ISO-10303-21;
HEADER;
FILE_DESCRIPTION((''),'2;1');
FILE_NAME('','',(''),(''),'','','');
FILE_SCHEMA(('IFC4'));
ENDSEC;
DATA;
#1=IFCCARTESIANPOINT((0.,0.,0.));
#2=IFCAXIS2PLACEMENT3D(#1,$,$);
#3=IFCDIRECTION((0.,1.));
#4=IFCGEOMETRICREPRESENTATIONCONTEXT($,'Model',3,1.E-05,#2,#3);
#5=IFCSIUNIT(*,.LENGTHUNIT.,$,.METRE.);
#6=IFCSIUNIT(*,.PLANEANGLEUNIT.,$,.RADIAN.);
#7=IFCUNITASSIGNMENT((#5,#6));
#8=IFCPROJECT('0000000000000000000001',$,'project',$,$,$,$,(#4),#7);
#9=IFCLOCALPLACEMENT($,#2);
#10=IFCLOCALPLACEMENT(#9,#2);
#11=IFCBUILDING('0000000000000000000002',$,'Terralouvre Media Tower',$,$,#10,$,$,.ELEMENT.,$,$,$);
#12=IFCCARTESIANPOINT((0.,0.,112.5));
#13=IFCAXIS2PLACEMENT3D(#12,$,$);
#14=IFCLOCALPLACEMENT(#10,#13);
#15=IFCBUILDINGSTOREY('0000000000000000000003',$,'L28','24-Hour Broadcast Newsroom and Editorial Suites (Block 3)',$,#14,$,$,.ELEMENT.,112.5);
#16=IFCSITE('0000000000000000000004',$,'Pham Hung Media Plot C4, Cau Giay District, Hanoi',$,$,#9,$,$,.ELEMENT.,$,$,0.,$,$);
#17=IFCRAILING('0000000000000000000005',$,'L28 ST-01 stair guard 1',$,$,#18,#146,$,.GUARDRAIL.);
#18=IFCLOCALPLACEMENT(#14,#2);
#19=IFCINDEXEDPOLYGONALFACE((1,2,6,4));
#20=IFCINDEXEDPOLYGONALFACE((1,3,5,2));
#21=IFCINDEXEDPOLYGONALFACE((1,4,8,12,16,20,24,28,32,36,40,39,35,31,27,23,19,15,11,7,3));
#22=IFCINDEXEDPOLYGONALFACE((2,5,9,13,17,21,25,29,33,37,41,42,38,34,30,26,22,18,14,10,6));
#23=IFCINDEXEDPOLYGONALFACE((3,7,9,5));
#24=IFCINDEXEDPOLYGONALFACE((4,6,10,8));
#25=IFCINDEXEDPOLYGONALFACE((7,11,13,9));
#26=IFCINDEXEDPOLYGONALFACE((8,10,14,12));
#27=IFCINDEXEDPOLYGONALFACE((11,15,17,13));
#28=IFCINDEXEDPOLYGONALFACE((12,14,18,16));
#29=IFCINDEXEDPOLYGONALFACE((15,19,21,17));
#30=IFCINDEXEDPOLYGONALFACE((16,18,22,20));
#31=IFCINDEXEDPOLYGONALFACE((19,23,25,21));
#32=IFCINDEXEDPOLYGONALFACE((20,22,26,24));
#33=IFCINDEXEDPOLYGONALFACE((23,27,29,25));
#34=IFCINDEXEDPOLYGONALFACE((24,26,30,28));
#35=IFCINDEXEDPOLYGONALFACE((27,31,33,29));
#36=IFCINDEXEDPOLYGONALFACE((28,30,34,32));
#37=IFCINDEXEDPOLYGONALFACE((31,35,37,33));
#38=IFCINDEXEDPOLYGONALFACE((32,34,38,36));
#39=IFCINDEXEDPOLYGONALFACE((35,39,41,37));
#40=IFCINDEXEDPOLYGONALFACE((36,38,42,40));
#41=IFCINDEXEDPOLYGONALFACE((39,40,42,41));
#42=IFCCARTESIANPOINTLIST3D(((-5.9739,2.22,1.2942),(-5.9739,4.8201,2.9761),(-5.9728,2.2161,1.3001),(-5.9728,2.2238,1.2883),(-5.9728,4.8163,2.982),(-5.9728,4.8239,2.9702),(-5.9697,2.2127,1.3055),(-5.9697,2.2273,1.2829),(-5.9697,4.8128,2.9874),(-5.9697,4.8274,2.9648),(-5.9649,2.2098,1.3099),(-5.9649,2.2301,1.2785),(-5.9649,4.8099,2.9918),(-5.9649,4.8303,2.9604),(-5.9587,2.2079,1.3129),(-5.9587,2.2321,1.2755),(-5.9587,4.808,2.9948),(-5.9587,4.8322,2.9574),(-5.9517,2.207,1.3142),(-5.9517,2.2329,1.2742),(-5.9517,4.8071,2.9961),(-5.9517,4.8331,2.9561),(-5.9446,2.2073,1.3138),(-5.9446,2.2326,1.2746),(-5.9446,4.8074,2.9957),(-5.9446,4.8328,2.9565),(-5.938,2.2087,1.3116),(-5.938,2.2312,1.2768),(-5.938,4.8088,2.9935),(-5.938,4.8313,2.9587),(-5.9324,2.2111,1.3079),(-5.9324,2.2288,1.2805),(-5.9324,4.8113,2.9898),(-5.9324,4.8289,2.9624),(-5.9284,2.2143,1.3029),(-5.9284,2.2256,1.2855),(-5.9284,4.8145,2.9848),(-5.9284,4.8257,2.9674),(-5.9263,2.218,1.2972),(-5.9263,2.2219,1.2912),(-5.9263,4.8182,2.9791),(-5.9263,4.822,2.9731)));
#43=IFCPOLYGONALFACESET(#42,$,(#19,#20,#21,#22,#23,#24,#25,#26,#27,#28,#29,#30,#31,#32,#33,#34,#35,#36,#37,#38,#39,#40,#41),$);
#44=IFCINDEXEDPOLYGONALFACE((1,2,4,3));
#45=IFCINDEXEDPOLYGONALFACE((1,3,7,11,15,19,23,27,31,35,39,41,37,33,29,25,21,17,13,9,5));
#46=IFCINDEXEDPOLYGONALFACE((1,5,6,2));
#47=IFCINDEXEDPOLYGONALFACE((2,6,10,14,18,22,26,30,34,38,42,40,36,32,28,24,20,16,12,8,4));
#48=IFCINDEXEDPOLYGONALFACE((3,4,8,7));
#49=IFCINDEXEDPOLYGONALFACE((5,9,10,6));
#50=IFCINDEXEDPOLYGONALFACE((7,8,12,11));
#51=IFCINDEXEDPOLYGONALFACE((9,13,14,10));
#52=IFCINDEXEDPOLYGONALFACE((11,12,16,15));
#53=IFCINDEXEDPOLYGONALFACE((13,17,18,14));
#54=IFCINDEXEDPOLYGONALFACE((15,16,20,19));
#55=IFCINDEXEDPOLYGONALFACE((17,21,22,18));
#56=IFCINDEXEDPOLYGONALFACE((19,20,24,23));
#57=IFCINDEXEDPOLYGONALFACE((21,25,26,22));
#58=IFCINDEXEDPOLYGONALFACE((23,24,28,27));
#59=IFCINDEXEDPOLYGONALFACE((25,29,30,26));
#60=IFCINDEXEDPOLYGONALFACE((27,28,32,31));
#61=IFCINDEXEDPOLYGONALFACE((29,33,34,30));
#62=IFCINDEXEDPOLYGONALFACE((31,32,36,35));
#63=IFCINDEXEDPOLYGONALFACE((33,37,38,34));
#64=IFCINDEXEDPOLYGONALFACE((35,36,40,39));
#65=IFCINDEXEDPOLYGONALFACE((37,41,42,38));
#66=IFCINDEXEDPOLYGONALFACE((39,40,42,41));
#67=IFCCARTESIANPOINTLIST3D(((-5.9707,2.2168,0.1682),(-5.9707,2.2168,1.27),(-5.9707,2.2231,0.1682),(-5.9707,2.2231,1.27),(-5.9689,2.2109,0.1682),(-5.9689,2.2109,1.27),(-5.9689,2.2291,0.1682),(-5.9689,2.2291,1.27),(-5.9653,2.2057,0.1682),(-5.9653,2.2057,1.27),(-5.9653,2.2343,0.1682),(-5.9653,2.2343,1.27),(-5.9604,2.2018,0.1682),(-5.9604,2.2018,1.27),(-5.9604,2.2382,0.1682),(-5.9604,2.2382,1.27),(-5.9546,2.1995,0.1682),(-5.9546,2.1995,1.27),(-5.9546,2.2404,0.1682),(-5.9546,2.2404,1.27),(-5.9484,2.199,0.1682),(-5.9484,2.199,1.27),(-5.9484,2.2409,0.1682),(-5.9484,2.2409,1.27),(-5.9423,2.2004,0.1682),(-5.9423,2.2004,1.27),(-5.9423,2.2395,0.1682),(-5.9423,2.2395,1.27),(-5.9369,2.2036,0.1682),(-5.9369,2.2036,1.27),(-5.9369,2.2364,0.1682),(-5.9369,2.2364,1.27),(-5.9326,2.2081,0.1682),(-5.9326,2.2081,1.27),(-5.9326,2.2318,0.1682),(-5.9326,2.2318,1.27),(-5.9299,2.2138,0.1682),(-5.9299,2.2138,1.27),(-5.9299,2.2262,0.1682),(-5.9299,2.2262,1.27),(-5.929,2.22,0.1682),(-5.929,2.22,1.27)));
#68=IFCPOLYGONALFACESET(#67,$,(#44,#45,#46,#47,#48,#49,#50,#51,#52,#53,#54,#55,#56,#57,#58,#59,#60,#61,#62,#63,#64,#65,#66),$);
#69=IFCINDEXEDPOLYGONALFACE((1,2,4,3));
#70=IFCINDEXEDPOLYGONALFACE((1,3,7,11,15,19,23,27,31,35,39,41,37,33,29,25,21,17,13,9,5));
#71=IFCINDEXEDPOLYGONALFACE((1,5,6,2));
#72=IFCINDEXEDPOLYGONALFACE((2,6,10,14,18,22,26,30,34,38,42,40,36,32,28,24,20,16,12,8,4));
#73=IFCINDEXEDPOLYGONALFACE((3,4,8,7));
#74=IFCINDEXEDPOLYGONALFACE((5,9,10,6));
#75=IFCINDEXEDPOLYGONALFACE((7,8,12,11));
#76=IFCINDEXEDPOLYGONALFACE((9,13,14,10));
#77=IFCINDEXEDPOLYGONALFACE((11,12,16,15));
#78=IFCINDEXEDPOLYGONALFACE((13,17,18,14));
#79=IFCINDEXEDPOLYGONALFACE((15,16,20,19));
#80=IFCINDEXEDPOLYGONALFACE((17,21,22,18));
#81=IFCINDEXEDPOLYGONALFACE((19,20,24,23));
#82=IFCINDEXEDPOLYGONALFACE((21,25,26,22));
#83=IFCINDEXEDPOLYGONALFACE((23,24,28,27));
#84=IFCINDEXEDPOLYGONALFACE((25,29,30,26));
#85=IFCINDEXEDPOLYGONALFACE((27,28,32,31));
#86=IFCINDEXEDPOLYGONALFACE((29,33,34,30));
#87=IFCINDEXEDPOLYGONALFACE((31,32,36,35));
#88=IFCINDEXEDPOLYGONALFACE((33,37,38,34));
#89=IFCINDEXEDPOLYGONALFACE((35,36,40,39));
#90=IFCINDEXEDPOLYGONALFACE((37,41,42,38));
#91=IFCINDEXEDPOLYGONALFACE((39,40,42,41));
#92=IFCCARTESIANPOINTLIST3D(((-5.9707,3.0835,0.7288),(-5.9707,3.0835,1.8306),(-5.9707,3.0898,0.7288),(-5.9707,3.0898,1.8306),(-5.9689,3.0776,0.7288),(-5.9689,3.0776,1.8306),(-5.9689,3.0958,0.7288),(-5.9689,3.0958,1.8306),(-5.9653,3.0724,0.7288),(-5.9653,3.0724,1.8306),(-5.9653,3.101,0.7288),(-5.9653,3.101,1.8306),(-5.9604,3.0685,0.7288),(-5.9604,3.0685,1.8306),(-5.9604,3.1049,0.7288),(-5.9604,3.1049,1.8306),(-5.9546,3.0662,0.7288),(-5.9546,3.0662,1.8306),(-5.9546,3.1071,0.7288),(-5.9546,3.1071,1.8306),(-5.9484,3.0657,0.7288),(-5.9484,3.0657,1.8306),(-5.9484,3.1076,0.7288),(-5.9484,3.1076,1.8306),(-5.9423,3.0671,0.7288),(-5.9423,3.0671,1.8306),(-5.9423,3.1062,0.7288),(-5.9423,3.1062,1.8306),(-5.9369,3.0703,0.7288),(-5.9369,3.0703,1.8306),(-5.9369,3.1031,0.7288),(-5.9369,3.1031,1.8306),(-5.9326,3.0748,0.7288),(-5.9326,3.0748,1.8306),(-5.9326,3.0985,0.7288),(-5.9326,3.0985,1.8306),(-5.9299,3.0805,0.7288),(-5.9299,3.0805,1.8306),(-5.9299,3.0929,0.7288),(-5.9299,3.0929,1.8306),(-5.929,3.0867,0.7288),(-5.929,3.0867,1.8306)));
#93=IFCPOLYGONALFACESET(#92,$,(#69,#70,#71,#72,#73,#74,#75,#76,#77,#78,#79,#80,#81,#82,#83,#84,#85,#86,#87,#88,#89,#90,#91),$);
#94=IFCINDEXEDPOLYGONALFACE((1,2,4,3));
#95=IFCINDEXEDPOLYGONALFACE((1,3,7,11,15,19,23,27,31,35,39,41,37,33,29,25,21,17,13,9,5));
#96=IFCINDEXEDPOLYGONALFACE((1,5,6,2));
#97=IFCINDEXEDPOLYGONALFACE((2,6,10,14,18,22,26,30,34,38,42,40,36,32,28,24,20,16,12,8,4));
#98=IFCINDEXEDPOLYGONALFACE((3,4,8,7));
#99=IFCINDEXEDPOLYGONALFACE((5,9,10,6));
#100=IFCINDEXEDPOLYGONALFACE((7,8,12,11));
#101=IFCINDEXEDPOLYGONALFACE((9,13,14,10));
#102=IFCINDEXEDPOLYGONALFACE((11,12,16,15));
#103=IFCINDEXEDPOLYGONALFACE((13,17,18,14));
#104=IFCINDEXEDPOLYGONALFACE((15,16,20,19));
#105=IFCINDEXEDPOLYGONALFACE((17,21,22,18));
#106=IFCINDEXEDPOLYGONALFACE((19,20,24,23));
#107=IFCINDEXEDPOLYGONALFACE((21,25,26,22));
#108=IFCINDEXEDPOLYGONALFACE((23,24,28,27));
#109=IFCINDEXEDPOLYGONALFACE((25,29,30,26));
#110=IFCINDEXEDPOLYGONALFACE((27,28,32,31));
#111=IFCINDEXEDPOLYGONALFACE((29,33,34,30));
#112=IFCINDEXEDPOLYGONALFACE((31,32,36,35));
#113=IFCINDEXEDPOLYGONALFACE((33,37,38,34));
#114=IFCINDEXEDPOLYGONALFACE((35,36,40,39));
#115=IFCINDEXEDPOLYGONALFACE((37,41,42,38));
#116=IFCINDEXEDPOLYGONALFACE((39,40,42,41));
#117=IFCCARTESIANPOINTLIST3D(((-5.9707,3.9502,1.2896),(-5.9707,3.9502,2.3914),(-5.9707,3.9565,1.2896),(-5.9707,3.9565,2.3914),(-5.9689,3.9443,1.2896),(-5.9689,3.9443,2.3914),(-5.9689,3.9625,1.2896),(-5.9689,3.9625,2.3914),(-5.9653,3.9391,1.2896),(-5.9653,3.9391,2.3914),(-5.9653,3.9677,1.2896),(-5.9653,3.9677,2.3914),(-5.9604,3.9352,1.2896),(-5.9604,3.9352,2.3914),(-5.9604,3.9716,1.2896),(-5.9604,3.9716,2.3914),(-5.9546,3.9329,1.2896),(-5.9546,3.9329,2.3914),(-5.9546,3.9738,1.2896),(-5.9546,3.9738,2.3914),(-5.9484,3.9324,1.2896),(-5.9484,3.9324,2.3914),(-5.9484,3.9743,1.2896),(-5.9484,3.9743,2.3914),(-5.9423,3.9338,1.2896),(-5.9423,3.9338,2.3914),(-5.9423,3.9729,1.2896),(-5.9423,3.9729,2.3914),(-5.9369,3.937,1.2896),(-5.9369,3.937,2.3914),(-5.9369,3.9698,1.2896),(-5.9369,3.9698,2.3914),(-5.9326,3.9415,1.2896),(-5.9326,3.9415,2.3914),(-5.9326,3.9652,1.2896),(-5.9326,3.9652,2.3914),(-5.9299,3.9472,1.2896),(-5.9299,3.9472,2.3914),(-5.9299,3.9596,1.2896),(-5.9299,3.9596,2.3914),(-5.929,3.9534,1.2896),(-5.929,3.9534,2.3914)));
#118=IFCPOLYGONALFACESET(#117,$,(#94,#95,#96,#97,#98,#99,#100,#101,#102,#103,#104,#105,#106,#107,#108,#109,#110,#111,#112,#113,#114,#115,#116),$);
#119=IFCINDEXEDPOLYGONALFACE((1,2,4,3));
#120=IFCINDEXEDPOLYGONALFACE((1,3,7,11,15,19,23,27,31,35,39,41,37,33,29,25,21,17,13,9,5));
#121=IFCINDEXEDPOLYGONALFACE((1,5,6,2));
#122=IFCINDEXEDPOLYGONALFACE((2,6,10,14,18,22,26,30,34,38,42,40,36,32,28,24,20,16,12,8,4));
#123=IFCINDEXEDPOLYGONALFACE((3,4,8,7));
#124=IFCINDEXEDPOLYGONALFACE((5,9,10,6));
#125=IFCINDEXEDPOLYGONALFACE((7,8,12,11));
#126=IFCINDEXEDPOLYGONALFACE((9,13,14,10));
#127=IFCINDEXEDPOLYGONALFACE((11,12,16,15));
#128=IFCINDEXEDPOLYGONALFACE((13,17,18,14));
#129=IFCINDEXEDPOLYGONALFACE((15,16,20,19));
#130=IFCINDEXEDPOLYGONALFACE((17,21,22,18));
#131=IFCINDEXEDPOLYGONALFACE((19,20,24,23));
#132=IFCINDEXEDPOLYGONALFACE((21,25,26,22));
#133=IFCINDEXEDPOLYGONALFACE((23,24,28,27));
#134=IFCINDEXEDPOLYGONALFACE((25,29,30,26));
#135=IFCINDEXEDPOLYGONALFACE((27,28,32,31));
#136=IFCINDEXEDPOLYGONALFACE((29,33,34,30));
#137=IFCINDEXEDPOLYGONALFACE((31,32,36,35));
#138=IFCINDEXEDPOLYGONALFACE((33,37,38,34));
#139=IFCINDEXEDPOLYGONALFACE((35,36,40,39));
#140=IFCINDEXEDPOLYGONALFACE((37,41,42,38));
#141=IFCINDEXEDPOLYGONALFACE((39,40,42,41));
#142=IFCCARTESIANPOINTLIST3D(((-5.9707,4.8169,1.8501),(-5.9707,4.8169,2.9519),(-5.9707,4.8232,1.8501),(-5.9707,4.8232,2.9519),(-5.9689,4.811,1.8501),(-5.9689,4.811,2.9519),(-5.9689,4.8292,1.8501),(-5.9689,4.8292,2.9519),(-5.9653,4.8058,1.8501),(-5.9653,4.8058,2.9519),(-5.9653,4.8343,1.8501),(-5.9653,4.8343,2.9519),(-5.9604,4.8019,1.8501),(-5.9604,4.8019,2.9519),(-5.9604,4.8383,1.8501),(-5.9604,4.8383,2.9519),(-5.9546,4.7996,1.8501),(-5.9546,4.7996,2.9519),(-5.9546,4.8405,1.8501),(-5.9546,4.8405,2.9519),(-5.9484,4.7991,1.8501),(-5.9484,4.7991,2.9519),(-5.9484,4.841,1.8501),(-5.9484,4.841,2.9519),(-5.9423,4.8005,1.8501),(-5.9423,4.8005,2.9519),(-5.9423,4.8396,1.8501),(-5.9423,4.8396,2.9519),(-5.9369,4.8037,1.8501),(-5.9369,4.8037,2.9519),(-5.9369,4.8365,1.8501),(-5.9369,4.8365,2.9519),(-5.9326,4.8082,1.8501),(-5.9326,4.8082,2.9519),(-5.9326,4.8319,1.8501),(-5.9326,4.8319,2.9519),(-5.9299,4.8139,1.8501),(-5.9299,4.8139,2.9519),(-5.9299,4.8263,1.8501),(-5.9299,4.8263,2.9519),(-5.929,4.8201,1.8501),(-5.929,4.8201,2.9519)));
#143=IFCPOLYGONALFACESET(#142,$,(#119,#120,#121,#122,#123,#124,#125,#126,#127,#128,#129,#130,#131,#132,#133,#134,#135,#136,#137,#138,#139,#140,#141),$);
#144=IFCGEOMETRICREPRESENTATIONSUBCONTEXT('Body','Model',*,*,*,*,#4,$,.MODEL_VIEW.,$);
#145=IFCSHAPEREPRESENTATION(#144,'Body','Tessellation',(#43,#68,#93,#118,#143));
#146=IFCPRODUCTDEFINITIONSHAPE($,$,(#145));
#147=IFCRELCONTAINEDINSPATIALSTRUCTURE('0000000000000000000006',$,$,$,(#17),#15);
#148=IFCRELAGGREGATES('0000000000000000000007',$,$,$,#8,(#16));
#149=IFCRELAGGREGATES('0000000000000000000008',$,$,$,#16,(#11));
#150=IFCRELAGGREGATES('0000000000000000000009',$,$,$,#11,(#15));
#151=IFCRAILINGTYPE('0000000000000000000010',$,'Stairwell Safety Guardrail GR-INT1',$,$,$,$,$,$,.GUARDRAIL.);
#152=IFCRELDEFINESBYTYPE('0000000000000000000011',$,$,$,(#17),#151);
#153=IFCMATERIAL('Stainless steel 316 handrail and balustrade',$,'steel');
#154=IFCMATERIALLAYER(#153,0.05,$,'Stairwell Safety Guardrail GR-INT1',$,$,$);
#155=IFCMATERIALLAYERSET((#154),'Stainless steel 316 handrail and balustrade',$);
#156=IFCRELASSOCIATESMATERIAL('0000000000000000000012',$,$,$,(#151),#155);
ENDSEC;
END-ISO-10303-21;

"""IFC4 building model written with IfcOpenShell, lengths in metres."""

from ifc_helpers import new_model, si_unit, direction, frame, origin, origin_2d, place, context, subcontext, project, spatial, circle, extrude, material, layer, layer_set, type_object, element, save


model = new_model("IFC4")

# Units and contexts
model_context = context("Model", 3, precision=1e-05, world=origin(), true_north=direction((0.0, 1.0)))
body_context = subcontext(model_context, "Body", "Model", "MODEL_VIEW")
ifc_project = project(units=[si_unit("LENGTHUNIT", "METRE"), si_unit("PLANEANGLEUNIT", "RADIAN")], contexts=[model_context])

# Site, building, storey
site_placement = place(None, origin())
site = spatial("IfcSite", under=ifc_project, at=site_placement, Name="Pham Hung Media Plot C4, Cau Giay District, Hanoi", CompositionType="ELEMENT", RefElevation=0.0)
building_placement = place(site_placement, origin())
building = spatial("IfcBuilding", under=site, at=building_placement, Name="Terralouvre Media Tower", CompositionType="ELEMENT")
storey_placement = place(building_placement, frame((0.0, 0.0, 112.5)))
storey = spatial("IfcBuildingStorey", under=building, at=storey_placement, Name="L28", Description="24-Hour Broadcast Newsroom and Editorial Suites (Block 3)", CompositionType="ELEMENT", Elevation=112.5)

# Railing
ifc_material_1 = material(Name="Stainless steel 316 handrail and balustrade", Category="steel")
ifc_layer_1 = layer(ifc_material_1, 0.05, Name="Stairwell Safety Guardrail GR-INT1")
ifc_layer_set_1 = layer_set([ifc_layer_1], Name="Stainless steel 316 handrail and balustrade")
railing_type_1 = type_object("IfcRailingType", Name="Stairwell Safety Guardrail GR-INT1", PredefinedType="GUARDRAIL", material=ifc_layer_set_1)
railing_1_placement = place(storey_placement, frame((-5.95, 2.22, 0.1682)))
element("IfcRailing", 1, at=railing_1_placement, inside=storey, type_object=railing_type_1, Name="L28 ST-01 stair guard 1", PredefinedType="GUARDRAIL", context=body_context, shape_type="SweptSolid", body=[
    extrude(circle(Radius=0.0239, at=origin_2d()), frame((0.0, 0.0, 1.126), z_axis=(0.0, 0.839648, 0.54313), x_axis=(-1.0, 0.0, 0.0)), (0.0, 0.0, 1.0), 3.0967),
    extrude(circle(Radius=0.021, at=origin_2d()), origin(), (0.0, 0.0, 1.0), 1.1018),
    extrude(circle(Radius=0.021, at=origin_2d()), frame((0.0, 0.8667, 0.5605)), (0.0, 0.0, 1.0), 1.1018),
    extrude(circle(Radius=0.021, at=origin_2d()), frame((0.0, 1.7334, 1.1213)), (0.0, 0.0, 1.0), 1.1018),
    extrude(circle(Radius=0.021, at=origin_2d()), frame((0.0, 2.6001, 1.6819)), (0.0, 0.0, 1.0), 1.1018),
])

save(model, "model.ifc")
